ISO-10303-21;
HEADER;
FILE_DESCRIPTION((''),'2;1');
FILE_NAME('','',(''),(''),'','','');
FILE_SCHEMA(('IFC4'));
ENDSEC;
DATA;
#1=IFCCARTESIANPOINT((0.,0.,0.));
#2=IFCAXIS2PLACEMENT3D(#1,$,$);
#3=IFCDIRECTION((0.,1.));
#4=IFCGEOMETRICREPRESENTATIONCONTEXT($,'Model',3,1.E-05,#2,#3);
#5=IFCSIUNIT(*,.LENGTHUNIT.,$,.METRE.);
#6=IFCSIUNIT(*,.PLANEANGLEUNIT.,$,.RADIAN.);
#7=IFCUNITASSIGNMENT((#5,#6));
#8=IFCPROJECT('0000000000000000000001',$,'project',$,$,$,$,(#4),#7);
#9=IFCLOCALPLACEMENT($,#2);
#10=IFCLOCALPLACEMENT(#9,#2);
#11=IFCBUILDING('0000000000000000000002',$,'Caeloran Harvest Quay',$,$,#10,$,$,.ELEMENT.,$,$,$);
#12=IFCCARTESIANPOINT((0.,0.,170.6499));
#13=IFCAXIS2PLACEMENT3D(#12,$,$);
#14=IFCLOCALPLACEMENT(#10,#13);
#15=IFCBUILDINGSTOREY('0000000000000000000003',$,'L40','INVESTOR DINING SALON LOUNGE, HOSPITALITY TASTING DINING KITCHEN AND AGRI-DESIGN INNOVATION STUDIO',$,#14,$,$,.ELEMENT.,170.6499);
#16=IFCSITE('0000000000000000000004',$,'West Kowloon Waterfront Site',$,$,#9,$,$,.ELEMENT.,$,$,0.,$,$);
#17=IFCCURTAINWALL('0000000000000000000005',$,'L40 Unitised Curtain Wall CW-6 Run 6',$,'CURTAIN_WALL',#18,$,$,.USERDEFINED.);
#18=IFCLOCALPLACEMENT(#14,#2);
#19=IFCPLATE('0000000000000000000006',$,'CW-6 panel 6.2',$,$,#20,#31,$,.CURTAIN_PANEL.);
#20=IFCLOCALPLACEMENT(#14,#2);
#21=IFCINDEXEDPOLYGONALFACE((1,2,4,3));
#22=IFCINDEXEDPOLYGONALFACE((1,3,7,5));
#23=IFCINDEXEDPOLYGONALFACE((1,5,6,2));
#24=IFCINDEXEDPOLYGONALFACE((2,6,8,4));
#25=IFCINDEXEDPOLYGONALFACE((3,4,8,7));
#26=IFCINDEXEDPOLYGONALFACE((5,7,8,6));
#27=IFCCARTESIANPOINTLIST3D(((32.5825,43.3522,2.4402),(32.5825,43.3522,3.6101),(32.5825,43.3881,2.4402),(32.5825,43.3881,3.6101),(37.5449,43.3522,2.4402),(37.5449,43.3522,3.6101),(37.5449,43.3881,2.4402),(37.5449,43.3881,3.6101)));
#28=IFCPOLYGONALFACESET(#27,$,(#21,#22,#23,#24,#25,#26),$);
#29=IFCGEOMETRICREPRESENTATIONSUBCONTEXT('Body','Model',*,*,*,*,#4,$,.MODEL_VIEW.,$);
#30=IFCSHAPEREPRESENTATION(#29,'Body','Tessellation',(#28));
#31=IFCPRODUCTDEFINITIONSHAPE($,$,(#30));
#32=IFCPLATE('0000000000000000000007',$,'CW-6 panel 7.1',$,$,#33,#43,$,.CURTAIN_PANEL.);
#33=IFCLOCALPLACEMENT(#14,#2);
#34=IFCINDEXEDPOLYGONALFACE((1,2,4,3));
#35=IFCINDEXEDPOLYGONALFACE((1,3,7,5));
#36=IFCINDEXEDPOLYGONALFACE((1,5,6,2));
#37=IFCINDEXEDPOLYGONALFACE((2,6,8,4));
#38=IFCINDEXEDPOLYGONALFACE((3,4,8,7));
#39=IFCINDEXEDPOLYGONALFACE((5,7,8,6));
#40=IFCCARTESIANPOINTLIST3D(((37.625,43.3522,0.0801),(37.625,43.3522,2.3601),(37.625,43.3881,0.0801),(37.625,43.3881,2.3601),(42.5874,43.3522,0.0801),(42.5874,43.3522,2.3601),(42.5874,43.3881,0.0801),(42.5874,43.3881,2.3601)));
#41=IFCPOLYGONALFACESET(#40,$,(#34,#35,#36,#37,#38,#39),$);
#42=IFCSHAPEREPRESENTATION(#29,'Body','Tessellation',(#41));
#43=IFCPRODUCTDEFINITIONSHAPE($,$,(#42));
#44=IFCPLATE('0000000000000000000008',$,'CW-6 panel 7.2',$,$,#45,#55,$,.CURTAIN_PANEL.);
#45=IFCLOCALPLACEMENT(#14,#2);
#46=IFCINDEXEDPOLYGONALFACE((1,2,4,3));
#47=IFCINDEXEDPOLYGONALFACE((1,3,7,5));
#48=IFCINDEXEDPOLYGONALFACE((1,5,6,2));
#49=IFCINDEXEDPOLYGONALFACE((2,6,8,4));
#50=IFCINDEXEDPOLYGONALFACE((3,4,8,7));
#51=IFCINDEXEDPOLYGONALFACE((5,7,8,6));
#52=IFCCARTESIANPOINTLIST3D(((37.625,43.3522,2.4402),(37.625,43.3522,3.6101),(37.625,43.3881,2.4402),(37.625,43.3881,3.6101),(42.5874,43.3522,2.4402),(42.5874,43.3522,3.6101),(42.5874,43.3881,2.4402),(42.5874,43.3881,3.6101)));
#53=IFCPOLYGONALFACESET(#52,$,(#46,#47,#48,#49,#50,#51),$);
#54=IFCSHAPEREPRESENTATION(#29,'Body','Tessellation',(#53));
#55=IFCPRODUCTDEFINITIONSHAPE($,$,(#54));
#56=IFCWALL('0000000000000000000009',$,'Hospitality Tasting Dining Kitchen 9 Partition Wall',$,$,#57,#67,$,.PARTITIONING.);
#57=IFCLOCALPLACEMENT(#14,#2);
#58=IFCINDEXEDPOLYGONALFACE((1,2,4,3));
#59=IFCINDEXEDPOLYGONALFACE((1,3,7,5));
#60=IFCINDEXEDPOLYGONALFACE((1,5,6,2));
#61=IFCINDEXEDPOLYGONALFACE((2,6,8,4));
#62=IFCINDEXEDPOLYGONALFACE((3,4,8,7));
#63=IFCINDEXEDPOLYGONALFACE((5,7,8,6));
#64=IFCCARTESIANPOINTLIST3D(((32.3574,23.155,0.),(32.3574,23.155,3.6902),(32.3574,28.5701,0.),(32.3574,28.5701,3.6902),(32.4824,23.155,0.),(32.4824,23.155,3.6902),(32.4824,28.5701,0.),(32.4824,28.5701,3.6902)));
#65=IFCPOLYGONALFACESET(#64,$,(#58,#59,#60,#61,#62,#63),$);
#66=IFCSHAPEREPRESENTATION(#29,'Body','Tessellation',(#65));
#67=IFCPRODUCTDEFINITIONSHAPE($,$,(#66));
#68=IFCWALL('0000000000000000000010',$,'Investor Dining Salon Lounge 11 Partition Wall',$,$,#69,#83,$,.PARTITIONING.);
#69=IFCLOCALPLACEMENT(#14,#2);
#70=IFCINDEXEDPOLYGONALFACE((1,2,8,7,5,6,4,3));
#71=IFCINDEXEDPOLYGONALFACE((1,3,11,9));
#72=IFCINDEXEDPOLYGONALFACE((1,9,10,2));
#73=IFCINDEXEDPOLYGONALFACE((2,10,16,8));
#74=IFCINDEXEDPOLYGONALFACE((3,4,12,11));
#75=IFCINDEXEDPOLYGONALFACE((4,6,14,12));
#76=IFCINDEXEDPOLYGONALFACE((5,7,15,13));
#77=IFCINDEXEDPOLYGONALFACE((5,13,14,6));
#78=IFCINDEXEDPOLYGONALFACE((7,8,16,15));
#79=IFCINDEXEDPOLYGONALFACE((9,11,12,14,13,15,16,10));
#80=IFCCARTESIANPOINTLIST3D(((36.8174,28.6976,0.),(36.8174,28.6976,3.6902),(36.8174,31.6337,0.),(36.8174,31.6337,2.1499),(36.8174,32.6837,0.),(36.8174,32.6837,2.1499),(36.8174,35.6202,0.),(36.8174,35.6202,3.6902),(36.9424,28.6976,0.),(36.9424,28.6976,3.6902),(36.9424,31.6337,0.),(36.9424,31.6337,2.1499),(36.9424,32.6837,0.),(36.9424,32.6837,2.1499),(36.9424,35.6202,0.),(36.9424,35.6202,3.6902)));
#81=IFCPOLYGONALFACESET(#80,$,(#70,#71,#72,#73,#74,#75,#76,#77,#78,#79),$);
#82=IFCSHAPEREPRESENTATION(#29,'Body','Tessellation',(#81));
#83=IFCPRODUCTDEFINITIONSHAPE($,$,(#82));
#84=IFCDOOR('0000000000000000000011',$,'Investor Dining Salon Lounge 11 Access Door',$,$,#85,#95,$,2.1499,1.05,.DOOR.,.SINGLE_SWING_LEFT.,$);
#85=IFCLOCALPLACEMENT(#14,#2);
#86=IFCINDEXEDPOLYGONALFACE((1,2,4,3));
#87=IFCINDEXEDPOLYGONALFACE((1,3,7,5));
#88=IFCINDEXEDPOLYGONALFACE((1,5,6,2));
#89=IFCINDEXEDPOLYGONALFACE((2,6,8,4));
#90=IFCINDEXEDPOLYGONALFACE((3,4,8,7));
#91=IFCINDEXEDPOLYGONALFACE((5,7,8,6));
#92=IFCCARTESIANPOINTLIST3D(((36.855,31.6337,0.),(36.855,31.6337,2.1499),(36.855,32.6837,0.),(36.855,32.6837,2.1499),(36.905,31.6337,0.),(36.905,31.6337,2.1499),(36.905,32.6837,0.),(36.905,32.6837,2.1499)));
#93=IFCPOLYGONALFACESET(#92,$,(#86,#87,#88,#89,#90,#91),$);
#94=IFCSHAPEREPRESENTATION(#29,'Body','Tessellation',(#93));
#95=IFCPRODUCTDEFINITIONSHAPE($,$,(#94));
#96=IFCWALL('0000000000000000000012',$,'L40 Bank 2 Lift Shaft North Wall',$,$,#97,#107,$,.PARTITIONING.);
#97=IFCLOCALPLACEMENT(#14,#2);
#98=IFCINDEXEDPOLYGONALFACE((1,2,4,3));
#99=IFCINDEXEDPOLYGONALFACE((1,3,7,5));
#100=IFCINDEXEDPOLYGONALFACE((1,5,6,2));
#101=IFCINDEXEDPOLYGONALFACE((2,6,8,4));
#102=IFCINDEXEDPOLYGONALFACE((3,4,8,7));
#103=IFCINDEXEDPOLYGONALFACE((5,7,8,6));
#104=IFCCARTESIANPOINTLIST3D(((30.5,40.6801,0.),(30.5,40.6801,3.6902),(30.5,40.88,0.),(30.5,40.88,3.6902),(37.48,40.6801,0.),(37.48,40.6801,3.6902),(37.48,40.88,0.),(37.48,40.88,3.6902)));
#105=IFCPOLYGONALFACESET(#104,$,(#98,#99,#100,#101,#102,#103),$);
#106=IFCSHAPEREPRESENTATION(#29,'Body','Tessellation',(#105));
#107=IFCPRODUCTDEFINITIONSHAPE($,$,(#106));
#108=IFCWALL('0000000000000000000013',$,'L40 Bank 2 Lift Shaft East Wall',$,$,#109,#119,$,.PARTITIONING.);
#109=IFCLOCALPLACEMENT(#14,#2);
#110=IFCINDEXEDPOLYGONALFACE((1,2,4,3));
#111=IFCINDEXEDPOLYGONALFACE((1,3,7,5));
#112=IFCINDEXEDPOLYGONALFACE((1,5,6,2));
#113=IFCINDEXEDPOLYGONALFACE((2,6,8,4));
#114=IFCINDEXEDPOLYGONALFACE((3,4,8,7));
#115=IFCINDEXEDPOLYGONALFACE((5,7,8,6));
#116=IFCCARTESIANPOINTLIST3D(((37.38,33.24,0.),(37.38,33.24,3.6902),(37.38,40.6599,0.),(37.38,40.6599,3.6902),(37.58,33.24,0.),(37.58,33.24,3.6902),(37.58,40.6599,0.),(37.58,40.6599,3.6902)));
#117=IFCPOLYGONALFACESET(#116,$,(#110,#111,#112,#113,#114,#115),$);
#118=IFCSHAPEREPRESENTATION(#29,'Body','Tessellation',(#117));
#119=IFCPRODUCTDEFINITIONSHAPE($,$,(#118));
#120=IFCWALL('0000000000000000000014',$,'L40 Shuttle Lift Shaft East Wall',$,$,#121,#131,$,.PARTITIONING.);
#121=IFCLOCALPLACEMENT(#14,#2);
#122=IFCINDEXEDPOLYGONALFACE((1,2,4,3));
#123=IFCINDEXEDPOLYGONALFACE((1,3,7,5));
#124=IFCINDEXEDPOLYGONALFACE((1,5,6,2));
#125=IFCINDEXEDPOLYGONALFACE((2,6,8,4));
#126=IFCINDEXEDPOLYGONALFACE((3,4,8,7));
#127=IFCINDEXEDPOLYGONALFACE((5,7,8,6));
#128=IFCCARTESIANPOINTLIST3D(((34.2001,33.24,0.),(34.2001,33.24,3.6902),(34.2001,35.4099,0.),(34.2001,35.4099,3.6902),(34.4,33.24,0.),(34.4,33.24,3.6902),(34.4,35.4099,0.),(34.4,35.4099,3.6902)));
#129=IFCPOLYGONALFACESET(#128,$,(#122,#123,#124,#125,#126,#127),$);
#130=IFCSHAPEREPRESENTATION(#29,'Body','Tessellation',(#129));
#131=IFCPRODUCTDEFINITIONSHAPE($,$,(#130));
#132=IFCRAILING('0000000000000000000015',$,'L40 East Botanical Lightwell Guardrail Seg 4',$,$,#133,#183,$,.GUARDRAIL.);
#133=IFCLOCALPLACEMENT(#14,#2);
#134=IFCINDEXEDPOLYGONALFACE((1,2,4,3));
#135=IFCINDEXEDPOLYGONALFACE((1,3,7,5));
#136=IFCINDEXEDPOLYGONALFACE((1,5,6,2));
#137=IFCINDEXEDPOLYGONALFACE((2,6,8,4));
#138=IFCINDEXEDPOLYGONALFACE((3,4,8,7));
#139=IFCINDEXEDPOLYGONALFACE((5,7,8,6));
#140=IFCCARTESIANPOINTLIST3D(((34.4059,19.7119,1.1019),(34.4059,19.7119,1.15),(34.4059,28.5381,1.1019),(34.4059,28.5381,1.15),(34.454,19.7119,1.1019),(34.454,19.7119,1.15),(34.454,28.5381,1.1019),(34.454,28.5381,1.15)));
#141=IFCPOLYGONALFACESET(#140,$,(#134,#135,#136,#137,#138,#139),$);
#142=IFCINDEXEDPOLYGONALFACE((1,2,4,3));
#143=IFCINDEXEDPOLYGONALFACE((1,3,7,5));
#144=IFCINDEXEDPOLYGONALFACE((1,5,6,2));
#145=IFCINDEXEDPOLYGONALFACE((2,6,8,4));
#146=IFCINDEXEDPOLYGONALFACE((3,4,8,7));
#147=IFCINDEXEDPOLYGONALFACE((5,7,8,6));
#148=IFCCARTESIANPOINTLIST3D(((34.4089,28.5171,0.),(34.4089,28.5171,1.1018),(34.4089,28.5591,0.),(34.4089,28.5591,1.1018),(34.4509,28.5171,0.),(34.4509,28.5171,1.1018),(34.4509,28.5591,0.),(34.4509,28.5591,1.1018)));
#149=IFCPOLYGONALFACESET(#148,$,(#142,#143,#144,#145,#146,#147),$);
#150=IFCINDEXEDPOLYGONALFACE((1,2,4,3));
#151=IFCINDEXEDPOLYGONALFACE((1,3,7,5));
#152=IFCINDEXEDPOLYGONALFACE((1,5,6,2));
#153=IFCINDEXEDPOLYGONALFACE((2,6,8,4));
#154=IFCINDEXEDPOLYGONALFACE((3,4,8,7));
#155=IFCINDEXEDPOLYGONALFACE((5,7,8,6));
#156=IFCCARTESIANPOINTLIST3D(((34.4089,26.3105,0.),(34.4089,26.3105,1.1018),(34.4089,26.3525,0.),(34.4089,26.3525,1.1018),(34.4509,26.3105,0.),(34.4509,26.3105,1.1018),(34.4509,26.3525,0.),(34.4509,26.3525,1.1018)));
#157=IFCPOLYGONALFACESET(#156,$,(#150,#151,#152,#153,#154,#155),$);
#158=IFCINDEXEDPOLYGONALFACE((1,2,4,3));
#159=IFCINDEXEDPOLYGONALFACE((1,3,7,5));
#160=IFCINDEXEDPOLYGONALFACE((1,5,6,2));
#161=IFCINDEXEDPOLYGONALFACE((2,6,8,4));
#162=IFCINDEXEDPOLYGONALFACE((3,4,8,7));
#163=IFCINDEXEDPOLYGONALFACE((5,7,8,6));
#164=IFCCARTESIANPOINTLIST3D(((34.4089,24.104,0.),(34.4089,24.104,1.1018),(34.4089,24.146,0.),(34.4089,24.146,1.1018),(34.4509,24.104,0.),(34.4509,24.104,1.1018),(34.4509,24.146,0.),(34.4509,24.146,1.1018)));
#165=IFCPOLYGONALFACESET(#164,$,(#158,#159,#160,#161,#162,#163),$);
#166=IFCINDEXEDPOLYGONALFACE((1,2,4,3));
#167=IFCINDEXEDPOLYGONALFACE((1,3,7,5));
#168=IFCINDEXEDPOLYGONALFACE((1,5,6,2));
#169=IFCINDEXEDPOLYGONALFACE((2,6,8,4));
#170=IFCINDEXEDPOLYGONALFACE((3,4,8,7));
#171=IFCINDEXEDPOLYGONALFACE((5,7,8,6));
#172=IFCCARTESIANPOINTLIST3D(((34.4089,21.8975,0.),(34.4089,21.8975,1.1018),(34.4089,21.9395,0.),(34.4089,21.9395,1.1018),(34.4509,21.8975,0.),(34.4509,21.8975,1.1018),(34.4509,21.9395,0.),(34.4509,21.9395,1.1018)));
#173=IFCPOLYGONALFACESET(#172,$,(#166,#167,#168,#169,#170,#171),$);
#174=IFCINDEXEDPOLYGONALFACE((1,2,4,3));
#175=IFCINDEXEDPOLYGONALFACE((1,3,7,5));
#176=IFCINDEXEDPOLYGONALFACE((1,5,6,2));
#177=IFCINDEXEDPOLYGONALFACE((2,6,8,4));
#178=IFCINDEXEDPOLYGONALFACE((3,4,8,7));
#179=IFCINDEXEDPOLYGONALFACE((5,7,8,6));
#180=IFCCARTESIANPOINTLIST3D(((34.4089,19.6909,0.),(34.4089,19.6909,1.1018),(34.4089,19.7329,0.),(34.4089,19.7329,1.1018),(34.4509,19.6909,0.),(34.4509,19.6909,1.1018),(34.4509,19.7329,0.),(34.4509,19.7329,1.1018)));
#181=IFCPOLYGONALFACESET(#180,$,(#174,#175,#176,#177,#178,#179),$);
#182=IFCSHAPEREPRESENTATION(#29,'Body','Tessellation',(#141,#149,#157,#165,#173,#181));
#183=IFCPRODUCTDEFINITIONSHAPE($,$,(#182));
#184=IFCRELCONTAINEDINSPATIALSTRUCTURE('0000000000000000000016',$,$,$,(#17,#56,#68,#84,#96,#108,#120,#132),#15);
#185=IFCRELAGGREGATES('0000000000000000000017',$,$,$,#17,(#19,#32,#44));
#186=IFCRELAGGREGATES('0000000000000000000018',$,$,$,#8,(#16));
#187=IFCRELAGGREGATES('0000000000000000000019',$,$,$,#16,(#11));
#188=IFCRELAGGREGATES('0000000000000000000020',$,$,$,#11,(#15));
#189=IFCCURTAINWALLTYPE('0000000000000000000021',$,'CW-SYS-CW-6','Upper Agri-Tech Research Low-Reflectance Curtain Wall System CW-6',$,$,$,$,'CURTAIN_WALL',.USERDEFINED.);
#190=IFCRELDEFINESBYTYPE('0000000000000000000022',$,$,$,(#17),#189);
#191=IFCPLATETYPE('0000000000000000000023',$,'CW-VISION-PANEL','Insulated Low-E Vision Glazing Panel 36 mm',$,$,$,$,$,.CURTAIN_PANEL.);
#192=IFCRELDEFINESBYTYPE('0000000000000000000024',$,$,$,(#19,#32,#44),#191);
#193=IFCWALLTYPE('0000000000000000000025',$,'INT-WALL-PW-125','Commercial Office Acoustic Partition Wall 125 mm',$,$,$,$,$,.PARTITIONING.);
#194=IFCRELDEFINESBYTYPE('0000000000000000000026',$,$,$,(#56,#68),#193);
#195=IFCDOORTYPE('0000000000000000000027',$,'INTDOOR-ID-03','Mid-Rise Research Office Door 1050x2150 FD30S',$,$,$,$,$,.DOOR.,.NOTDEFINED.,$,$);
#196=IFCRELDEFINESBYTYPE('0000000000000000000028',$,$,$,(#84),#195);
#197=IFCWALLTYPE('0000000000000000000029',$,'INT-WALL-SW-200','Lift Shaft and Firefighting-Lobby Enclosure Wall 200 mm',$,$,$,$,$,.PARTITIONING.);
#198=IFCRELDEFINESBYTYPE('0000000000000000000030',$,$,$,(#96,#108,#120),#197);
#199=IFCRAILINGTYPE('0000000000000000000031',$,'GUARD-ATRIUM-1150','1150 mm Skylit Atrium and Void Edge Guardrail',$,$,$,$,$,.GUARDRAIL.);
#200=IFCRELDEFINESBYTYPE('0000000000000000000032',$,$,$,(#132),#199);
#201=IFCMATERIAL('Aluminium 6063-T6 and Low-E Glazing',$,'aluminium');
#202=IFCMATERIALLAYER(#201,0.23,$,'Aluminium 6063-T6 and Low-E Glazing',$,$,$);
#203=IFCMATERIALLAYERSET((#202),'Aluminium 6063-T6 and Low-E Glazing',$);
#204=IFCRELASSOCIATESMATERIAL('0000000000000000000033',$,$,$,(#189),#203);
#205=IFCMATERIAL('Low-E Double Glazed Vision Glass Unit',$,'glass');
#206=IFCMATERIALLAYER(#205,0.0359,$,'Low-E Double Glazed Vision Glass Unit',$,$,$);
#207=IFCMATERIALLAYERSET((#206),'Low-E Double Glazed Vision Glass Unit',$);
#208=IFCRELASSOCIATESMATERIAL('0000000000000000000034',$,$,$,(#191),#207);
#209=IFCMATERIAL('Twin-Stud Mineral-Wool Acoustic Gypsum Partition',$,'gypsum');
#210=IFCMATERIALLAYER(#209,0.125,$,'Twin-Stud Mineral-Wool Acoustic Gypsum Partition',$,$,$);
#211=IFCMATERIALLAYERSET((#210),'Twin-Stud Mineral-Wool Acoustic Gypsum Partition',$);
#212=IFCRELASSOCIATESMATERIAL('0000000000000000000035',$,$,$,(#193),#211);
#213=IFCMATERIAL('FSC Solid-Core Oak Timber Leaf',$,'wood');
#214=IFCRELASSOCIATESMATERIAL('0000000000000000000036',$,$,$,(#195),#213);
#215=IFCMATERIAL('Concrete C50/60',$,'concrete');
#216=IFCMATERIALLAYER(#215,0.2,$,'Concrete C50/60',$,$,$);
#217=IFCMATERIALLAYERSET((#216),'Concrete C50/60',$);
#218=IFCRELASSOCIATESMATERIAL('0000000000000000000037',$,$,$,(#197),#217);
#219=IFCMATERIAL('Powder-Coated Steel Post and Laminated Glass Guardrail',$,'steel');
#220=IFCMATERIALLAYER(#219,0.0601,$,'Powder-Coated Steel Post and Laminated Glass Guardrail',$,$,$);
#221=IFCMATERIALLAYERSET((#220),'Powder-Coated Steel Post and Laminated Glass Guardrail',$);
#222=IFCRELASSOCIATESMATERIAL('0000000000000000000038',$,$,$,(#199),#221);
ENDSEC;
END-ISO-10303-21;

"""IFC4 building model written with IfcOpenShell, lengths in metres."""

from ifc_helpers import new_model, si_unit, direction, frame, frame_2d, origin, origin_2d, place, context, subcontext, project, spatial, rectangle, extrude, material, layer, layer_set, type_object, element, fill, aggregate, save


model = new_model("IFC4")

# Units and contexts
model_context = context("Model", 3, precision=1e-05, world=origin(), true_north=direction((0.0, 1.0)))
body_context = subcontext(model_context, "Body", "Model", "MODEL_VIEW")
ifc_project = project(units=[si_unit("LENGTHUNIT", "METRE"), si_unit("PLANEANGLEUNIT", "RADIAN")], contexts=[model_context])

# Site, building, storey
site_placement = place(None, origin())
site = spatial("IfcSite", under=ifc_project, at=site_placement, Name="West Kowloon Waterfront Site", CompositionType="ELEMENT", RefElevation=0.0)
building_placement = place(site_placement, origin())
building = spatial("IfcBuilding", under=site, at=building_placement, Name="Caeloran Harvest Quay", CompositionType="ELEMENT")
storey_placement = place(building_placement, frame((0.0, 0.0, 170.6499)))
storey = spatial("IfcBuildingStorey", under=building, at=storey_placement, Name="L40", Description="INVESTOR DINING SALON LOUNGE, HOSPITALITY TASTING DINING KITCHEN AND AGRI-DESIGN INNOVATION STUDIO", CompositionType="ELEMENT", Elevation=170.6499)

# Curtain wall, plates
ifc_material_1 = material(Name="Aluminium 6063-T6 and Low-E Glazing", Category="aluminium")
ifc_layer_1 = layer(ifc_material_1, 0.23, Name="Aluminium 6063-T6 and Low-E Glazing")
ifc_layer_set_1 = layer_set([ifc_layer_1], Name="Aluminium 6063-T6 and Low-E Glazing")
curtain_wall_type = type_object("IfcCurtainWallType", Name="CW-SYS-CW-6", Description="Upper Agri-Tech Research Low-Reflectance Curtain Wall System CW-6", ElementType="CURTAIN_WALL", PredefinedType="USERDEFINED", material=ifc_layer_set_1)
curtain_wall_placement = place(storey_placement, origin())
curtain_wall = element("IfcCurtainWall", 1, at=curtain_wall_placement, inside=storey, type_object=curtain_wall_type, Name="L40 Unitised Curtain Wall CW-6 Run 6", ObjectType="CURTAIN_WALL", PredefinedType="USERDEFINED")
ifc_material_2 = material(Name="Low-E Double Glazed Vision Glass Unit", Category="glass")
ifc_layer_2 = layer(ifc_material_2, 0.0359, Name="Low-E Double Glazed Vision Glass Unit")
ifc_layer_set_2 = layer_set([ifc_layer_2], Name="Low-E Double Glazed Vision Glass Unit")
plate_type = type_object("IfcPlateType", Name="CW-VISION-PANEL", Description="Insulated Low-E Vision Glazing Panel 36 mm", PredefinedType="CURTAIN_PANEL", material=ifc_layer_set_2)
plate_1_placement = place(storey_placement, frame((35.0637, 43.3701, 2.4402), z_axis=(0.0, 0.0, 1.0), x_axis=(1.0, 0.0, 0.0)))
plate_1 = element("IfcPlate", 2, at=plate_1_placement, type_object=plate_type, Name="CW-6 panel 6.2", PredefinedType="CURTAIN_PANEL", context=body_context, shape_type="SweptSolid", body=[
    extrude(rectangle(XDim=4.9624, YDim=0.0359, at=origin_2d()), origin(), (0.0, 0.0, 1.0), 1.1699),
])
plate_2_placement = place(storey_placement, frame((40.1062, 43.3701, 0.0801), z_axis=(0.0, 0.0, 1.0), x_axis=(1.0, 0.0, 0.0)))
plate_2 = element("IfcPlate", 3, at=plate_2_placement, type_object=plate_type, Name="CW-6 panel 7.1", PredefinedType="CURTAIN_PANEL", context=body_context, shape_type="SweptSolid", body=[
    extrude(rectangle(XDim=4.9624, YDim=0.0359, at=origin_2d()), origin(), (0.0, 0.0, 1.0), 2.28),
])
plate_3_placement = place(storey_placement, frame((40.1062, 43.3701, 2.4402), z_axis=(0.0, 0.0, 1.0), x_axis=(1.0, 0.0, 0.0)))
plate_3 = element("IfcPlate", 4, at=plate_3_placement, type_object=plate_type, Name="CW-6 panel 7.2", PredefinedType="CURTAIN_PANEL", context=body_context, shape_type="SweptSolid", body=[
    extrude(rectangle(XDim=4.9624, YDim=0.0359, at=origin_2d()), origin(), (0.0, 0.0, 1.0), 1.1699),
])
aggregate(curtain_wall, [plate_1, plate_2, plate_3])

# Wall
ifc_material_3 = material(Name="Twin-Stud Mineral-Wool Acoustic Gypsum Partition", Category="gypsum")
ifc_layer_3 = layer(ifc_material_3, 0.125, Name="Twin-Stud Mineral-Wool Acoustic Gypsum Partition")
ifc_layer_set_3 = layer_set([ifc_layer_3], Name="Twin-Stud Mineral-Wool Acoustic Gypsum Partition")
wall_type_1 = type_object("IfcWallType", Name="INT-WALL-PW-125", Description="Commercial Office Acoustic Partition Wall 125 mm", PredefinedType="PARTITIONING", material=ifc_layer_set_3)
wall_1_placement = place(storey_placement, frame((32.4199, 28.5701, 0.0), z_axis=(0.0, 0.0, 1.0), x_axis=(0.0, -1.0, 0.0)))
element("IfcWall", 5, at=wall_1_placement, inside=storey, type_object=wall_type_1, Name="Hospitality Tasting Dining Kitchen 9 Partition Wall", PredefinedType="PARTITIONING", context=body_context, shape_type="SweptSolid", body=[
    extrude(rectangle(XDim=5.415, YDim=0.125, at=frame_2d((2.7075, 0.0))), origin(), (0.0, 0.0, 1.0), 3.6902),
])

# Wall, opening, door
wall_2_placement = place(storey_placement, frame((36.8799, 28.6975, 0.0), z_axis=(0.0, 0.0, 1.0), x_axis=(0.0, 1.0, 0.0)))
wall_2 = element("IfcWall", 6, at=wall_2_placement, inside=storey, type_object=wall_type_1, Name="Investor Dining Salon Lounge 11 Partition Wall", PredefinedType="PARTITIONING", context=body_context, shape_type="SweptSolid", body=[
    extrude(rectangle(XDim=6.9226, YDim=0.125, at=frame_2d((3.4614, 0.0))), origin(), (0.0, 0.0, 1.0), 3.6902),
])
opening_placement = place(wall_2_placement, frame((2.9363, 0.0, 0.0)))
opening = element("IfcOpeningElement", 7, at=opening_placement, cuts=wall_2, PredefinedType="OPENING", context=body_context, shape_type="SweptSolid", body=[
    extrude(rectangle(XDim=1.05, YDim=2.1499, at=frame_2d((0.5249, 1.075))), frame((0.0, 0.0725, 0.0), z_axis=(0.0, -1.0, 0.0), x_axis=(1.0, 0.0, 0.0)), (0.0, 0.0, 1.0), 0.145),
])
ifc_material_4 = material(Name="FSC Solid-Core Oak Timber Leaf", Category="wood")
door_type = type_object("IfcDoorType", Name="INTDOOR-ID-03", Description="Mid-Rise Research Office Door 1050x2150 FD30S", OperationType="NOTDEFINED", PredefinedType="DOOR", material=ifc_material_4)
door_placement = place(opening_placement, origin())
door = element("IfcDoor", 8, at=door_placement, inside=storey, type_object=door_type, Name="Investor Dining Salon Lounge 11 Access Door", OperationType="SINGLE_SWING_LEFT", OverallHeight=2.1499, OverallWidth=1.05, PredefinedType="DOOR", context=body_context, shape_type="SweptSolid", body=[
    extrude(rectangle(XDim=1.05, YDim=2.1499, at=frame_2d((0.5249, 1.075))), frame((0.0, 0.0249, 0.0), z_axis=(0.0, -1.0, 0.0), x_axis=(1.0, 0.0, 0.0)), (0.0, 0.0, 1.0), 0.05),
])
fill(opening, door)

# Walls
ifc_material_5 = material(Name="Concrete C50/60", Category="concrete")
ifc_layer_4 = layer(ifc_material_5, 0.2, Name="Concrete C50/60")
ifc_layer_set_4 = layer_set([ifc_layer_4], Name="Concrete C50/60")
wall_type_2 = type_object("IfcWallType", Name="INT-WALL-SW-200", Description="Lift Shaft and Firefighting-Lobby Enclosure Wall 200 mm", PredefinedType="PARTITIONING", material=ifc_layer_set_4)
wall_3_placement = place(storey_placement, frame((30.5, 40.78, 0.0), z_axis=(0.0, 0.0, 1.0), x_axis=(1.0, 0.0, 0.0)))
element("IfcWall", 9, at=wall_3_placement, inside=storey, type_object=wall_type_2, Name="L40 Bank 2 Lift Shaft North Wall", PredefinedType="PARTITIONING", context=body_context, shape_type="SweptSolid", body=[
    extrude(rectangle(XDim=6.98, YDim=0.2, at=frame_2d((3.49, 0.0))), origin(), (0.0, 0.0, 1.0), 3.6902),
])
wall_4_placement = place(storey_placement, frame((37.48, 33.24, 0.0), z_axis=(0.0, 0.0, 1.0), x_axis=(0.0, 1.0, 0.0)))
element("IfcWall", 10, at=wall_4_placement, inside=storey, type_object=wall_type_2, Name="L40 Bank 2 Lift Shaft East Wall", PredefinedType="PARTITIONING", context=body_context, shape_type="SweptSolid", body=[
    extrude(rectangle(XDim=7.4199, YDim=0.2, at=frame_2d((3.71, 0.0))), origin(), (0.0, 0.0, 1.0), 3.6902),
])
wall_5_placement = place(storey_placement, frame((34.3, 33.24, 0.0), z_axis=(0.0, 0.0, 1.0), x_axis=(0.0, 1.0, 0.0)))
element("IfcWall", 11, at=wall_5_placement, inside=storey, type_object=wall_type_2, Name="L40 Shuttle Lift Shaft East Wall", PredefinedType="PARTITIONING", context=body_context, shape_type="SweptSolid", body=[
    extrude(rectangle(XDim=2.1699, YDim=0.2, at=frame_2d((1.085, 0.0))), origin(), (0.0, 0.0, 1.0), 3.6902),
])

# Railing
ifc_material_6 = material(Name="Powder-Coated Steel Post and Laminated Glass Guardrail", Category="steel")
ifc_layer_5 = layer(ifc_material_6, 0.0601, Name="Powder-Coated Steel Post and Laminated Glass Guardrail")
ifc_layer_set_5 = layer_set([ifc_layer_5], Name="Powder-Coated Steel Post and Laminated Glass Guardrail")
railing_type = type_object("IfcRailingType", Name="GUARD-ATRIUM-1150", Description="1150 mm Skylit Atrium and Void Edge Guardrail", PredefinedType="GUARDRAIL", material=ifc_layer_set_5)
railing_placement = place(storey_placement, frame((34.4299, 28.5381, 0.0)))
element("IfcRailing", 12, at=railing_placement, inside=storey, type_object=railing_type, Name="L40 East Botanical Lightwell Guardrail Seg 4", PredefinedType="GUARDRAIL", context=body_context, shape_type="SweptSolid", body=[
    extrude(rectangle(XDim=0.0481, YDim=0.0481, at=origin_2d()), frame((0.0, 0.0, 1.126), z_axis=(0.0, -1.0, 0.0), x_axis=(1.0, 0.0, 0.0)), (0.0, 0.0, 1.0), 8.8262),
    extrude(rectangle(XDim=0.042, YDim=0.042, at=origin_2d()), origin(), (0.0, 0.0, 1.0), 1.1018),
    extrude(rectangle(XDim=0.042, YDim=0.042, at=origin_2d()), frame((0.0, -2.2065, 0.0)), (0.0, 0.0, 1.0), 1.1018),
    extrude(rectangle(XDim=0.042, YDim=0.042, at=origin_2d()), frame((0.0, -4.4131, 0.0)), (0.0, 0.0, 1.0), 1.1018),
    extrude(rectangle(XDim=0.042, YDim=0.042, at=origin_2d()), frame((0.0, -6.6196, 0.0)), (0.0, 0.0, 1.0), 1.1018),
    extrude(rectangle(XDim=0.042, YDim=0.042, at=origin_2d()), frame((0.0, -8.8262, 0.0)), (0.0, 0.0, 1.0), 1.1018),
])

save(model, "model.ifc")
